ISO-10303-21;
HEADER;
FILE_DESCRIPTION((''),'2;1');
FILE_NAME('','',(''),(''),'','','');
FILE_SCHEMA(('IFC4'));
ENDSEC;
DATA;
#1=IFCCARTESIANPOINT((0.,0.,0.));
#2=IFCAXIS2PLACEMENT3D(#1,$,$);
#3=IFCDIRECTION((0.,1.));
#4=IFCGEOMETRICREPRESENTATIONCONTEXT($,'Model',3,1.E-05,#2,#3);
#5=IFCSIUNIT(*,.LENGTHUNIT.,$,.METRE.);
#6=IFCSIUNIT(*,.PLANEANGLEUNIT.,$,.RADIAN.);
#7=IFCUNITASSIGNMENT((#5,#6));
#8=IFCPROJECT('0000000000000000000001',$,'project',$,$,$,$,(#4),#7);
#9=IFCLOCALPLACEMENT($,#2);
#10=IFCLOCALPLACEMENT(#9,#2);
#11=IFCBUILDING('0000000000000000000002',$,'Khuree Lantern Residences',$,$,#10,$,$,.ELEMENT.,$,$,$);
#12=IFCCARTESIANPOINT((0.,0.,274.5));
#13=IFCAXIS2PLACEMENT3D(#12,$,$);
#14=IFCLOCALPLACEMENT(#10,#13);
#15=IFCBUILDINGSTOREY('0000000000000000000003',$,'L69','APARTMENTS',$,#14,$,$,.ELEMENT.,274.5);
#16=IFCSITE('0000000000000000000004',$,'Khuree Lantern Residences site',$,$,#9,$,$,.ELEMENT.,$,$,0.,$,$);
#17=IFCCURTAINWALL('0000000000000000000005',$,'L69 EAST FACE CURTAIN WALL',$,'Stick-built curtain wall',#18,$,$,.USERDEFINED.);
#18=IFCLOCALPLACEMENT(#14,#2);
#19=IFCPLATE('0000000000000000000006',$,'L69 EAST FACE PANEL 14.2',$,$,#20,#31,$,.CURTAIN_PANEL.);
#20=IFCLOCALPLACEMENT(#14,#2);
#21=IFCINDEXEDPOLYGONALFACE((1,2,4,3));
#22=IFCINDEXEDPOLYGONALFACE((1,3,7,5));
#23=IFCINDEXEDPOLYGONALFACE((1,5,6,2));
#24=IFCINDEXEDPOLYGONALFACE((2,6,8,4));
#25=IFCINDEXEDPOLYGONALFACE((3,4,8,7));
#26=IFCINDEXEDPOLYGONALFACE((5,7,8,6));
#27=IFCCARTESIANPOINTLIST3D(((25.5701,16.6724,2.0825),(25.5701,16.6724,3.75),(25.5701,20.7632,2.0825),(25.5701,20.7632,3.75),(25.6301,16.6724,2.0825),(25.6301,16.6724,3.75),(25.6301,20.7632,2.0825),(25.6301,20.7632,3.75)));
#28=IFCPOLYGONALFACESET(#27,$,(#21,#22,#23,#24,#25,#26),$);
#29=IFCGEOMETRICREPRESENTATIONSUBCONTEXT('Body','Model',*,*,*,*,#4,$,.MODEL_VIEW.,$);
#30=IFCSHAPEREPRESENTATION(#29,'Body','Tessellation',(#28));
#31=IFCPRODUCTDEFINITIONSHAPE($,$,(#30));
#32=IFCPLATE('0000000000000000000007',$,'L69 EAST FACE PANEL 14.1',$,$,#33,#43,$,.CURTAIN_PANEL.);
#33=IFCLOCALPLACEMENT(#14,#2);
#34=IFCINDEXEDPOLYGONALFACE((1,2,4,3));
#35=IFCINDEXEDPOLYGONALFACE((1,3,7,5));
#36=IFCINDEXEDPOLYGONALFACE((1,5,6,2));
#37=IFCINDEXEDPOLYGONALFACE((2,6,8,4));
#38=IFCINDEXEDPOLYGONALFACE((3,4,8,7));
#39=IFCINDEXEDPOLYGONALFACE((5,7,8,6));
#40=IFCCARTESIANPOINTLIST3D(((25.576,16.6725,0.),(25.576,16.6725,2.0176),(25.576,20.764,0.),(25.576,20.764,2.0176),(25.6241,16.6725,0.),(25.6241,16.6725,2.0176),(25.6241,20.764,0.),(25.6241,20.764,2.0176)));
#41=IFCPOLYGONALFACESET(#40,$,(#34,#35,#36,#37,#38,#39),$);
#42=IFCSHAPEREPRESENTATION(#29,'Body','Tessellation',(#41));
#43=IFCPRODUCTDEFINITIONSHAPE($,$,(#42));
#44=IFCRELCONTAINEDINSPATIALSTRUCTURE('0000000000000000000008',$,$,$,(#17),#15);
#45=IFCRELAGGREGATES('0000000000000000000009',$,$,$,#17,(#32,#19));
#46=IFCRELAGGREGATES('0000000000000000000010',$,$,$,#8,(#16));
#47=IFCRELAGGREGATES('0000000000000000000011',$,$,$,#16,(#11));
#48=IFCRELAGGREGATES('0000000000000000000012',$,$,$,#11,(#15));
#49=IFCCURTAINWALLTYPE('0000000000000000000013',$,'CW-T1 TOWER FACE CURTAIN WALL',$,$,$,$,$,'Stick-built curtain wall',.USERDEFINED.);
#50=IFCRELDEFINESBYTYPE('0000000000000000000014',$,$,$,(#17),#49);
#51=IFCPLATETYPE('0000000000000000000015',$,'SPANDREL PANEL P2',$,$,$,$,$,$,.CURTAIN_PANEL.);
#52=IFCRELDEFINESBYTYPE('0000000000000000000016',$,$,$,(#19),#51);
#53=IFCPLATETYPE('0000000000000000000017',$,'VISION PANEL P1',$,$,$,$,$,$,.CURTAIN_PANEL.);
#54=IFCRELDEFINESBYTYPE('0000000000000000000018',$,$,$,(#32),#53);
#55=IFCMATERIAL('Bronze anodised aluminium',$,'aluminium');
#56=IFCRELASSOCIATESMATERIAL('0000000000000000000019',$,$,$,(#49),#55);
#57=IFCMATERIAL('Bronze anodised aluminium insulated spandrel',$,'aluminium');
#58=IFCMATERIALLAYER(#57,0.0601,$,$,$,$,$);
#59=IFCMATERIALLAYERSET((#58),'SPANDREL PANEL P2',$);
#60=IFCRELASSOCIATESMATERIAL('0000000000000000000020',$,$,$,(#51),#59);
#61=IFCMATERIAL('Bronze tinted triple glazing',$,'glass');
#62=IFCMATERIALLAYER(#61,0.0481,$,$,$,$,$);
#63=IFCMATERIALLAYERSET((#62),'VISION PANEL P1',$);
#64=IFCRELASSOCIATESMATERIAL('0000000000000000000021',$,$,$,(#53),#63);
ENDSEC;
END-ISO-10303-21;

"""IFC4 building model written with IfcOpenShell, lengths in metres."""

from ifc_helpers import new_model, si_unit, direction, frame, origin, origin_2d, place, context, subcontext, project, spatial, rectangle, extrude, material, layer, layer_set, type_object, element, aggregate, save


model = new_model("IFC4")

# Units and contexts
model_context = context("Model", 3, precision=1e-05, world=origin(), true_north=direction((0.0, 1.0)))
body_context = subcontext(model_context, "Body", "Model", "MODEL_VIEW")
ifc_project = project(units=[si_unit("LENGTHUNIT", "METRE"), si_unit("PLANEANGLEUNIT", "RADIAN")], contexts=[model_context])

# Site, building, storey
site_placement = place(None, origin())
site = spatial("IfcSite", under=ifc_project, at=site_placement, Name="Khuree Lantern Residences site", CompositionType="ELEMENT", RefElevation=0.0)
building_placement = place(site_placement, origin())
building = spatial("IfcBuilding", under=site, at=building_placement, Name="Khuree Lantern Residences", CompositionType="ELEMENT")
storey_placement = place(building_placement, frame((0.0, 0.0, 274.5)))
storey = spatial("IfcBuildingStorey", under=building, at=storey_placement, Name="L69", Description="APARTMENTS", CompositionType="ELEMENT", Elevation=274.5)

# Curtain wall
ifc_material_1 = material(Name="Bronze anodised aluminium", Category="aluminium")
curtain_wall_type = type_object("IfcCurtainWallType", Name="CW-T1 TOWER FACE CURTAIN WALL", ElementType="Stick-built curtain wall", PredefinedType="USERDEFINED", material=ifc_material_1)
curtain_wall_placement = place(storey_placement, origin())
curtain_wall = element("IfcCurtainWall", 1, at=curtain_wall_placement, inside=storey, type_object=curtain_wall_type, Name="L69 EAST FACE CURTAIN WALL", ObjectType="Stick-built curtain wall", PredefinedType="USERDEFINED")

# Plates
ifc_material_2 = material(Name="Bronze anodised aluminium insulated spandrel", Category="aluminium")
ifc_layer_1 = layer(ifc_material_2, 0.0601)
ifc_layer_set_1 = layer_set([ifc_layer_1], Name="SPANDREL PANEL P2")
plate_type_1 = type_object("IfcPlateType", Name="SPANDREL PANEL P2", PredefinedType="CURTAIN_PANEL", material=ifc_layer_set_1)
plate_1_placement = place(storey_placement, frame((25.6001, 18.7178, 2.0825), z_axis=(0.0, 0.0, 1.0), x_axis=(0.0, 1.0, 0.0)))
plate_1 = element("IfcPlate", 2, at=plate_1_placement, type_object=plate_type_1, Name="L69 EAST FACE PANEL 14.2", PredefinedType="CURTAIN_PANEL", context=body_context, shape_type="SweptSolid", body=[
    extrude(rectangle(XDim=4.0908, YDim=0.0601, at=origin_2d()), origin(), (0.0, 0.0, 1.0), 1.6675),
])
ifc_material_3 = material(Name="Bronze tinted triple glazing", Category="glass")
ifc_layer_2 = layer(ifc_material_3, 0.0481)
ifc_layer_set_2 = layer_set([ifc_layer_2], Name="VISION PANEL P1")
plate_type_2 = type_object("IfcPlateType", Name="VISION PANEL P1", PredefinedType="CURTAIN_PANEL", material=ifc_layer_set_2)
plate_2_placement = place(storey_placement, frame((25.6001, 18.7183, 0.0), z_axis=(0.0, 0.0, 1.0), x_axis=(0.0, 1.0, 0.0)))
plate_2 = element("IfcPlate", 3, at=plate_2_placement, type_object=plate_type_2, Name="L69 EAST FACE PANEL 14.1", PredefinedType="CURTAIN_PANEL", context=body_context, shape_type="SweptSolid", body=[
    extrude(rectangle(XDim=4.0916, YDim=0.0481, at=origin_2d()), origin(), (0.0, 0.0, 1.0), 2.0176),
])
aggregate(curtain_wall, [plate_2, plate_1])

save(model, "model.ifc")
